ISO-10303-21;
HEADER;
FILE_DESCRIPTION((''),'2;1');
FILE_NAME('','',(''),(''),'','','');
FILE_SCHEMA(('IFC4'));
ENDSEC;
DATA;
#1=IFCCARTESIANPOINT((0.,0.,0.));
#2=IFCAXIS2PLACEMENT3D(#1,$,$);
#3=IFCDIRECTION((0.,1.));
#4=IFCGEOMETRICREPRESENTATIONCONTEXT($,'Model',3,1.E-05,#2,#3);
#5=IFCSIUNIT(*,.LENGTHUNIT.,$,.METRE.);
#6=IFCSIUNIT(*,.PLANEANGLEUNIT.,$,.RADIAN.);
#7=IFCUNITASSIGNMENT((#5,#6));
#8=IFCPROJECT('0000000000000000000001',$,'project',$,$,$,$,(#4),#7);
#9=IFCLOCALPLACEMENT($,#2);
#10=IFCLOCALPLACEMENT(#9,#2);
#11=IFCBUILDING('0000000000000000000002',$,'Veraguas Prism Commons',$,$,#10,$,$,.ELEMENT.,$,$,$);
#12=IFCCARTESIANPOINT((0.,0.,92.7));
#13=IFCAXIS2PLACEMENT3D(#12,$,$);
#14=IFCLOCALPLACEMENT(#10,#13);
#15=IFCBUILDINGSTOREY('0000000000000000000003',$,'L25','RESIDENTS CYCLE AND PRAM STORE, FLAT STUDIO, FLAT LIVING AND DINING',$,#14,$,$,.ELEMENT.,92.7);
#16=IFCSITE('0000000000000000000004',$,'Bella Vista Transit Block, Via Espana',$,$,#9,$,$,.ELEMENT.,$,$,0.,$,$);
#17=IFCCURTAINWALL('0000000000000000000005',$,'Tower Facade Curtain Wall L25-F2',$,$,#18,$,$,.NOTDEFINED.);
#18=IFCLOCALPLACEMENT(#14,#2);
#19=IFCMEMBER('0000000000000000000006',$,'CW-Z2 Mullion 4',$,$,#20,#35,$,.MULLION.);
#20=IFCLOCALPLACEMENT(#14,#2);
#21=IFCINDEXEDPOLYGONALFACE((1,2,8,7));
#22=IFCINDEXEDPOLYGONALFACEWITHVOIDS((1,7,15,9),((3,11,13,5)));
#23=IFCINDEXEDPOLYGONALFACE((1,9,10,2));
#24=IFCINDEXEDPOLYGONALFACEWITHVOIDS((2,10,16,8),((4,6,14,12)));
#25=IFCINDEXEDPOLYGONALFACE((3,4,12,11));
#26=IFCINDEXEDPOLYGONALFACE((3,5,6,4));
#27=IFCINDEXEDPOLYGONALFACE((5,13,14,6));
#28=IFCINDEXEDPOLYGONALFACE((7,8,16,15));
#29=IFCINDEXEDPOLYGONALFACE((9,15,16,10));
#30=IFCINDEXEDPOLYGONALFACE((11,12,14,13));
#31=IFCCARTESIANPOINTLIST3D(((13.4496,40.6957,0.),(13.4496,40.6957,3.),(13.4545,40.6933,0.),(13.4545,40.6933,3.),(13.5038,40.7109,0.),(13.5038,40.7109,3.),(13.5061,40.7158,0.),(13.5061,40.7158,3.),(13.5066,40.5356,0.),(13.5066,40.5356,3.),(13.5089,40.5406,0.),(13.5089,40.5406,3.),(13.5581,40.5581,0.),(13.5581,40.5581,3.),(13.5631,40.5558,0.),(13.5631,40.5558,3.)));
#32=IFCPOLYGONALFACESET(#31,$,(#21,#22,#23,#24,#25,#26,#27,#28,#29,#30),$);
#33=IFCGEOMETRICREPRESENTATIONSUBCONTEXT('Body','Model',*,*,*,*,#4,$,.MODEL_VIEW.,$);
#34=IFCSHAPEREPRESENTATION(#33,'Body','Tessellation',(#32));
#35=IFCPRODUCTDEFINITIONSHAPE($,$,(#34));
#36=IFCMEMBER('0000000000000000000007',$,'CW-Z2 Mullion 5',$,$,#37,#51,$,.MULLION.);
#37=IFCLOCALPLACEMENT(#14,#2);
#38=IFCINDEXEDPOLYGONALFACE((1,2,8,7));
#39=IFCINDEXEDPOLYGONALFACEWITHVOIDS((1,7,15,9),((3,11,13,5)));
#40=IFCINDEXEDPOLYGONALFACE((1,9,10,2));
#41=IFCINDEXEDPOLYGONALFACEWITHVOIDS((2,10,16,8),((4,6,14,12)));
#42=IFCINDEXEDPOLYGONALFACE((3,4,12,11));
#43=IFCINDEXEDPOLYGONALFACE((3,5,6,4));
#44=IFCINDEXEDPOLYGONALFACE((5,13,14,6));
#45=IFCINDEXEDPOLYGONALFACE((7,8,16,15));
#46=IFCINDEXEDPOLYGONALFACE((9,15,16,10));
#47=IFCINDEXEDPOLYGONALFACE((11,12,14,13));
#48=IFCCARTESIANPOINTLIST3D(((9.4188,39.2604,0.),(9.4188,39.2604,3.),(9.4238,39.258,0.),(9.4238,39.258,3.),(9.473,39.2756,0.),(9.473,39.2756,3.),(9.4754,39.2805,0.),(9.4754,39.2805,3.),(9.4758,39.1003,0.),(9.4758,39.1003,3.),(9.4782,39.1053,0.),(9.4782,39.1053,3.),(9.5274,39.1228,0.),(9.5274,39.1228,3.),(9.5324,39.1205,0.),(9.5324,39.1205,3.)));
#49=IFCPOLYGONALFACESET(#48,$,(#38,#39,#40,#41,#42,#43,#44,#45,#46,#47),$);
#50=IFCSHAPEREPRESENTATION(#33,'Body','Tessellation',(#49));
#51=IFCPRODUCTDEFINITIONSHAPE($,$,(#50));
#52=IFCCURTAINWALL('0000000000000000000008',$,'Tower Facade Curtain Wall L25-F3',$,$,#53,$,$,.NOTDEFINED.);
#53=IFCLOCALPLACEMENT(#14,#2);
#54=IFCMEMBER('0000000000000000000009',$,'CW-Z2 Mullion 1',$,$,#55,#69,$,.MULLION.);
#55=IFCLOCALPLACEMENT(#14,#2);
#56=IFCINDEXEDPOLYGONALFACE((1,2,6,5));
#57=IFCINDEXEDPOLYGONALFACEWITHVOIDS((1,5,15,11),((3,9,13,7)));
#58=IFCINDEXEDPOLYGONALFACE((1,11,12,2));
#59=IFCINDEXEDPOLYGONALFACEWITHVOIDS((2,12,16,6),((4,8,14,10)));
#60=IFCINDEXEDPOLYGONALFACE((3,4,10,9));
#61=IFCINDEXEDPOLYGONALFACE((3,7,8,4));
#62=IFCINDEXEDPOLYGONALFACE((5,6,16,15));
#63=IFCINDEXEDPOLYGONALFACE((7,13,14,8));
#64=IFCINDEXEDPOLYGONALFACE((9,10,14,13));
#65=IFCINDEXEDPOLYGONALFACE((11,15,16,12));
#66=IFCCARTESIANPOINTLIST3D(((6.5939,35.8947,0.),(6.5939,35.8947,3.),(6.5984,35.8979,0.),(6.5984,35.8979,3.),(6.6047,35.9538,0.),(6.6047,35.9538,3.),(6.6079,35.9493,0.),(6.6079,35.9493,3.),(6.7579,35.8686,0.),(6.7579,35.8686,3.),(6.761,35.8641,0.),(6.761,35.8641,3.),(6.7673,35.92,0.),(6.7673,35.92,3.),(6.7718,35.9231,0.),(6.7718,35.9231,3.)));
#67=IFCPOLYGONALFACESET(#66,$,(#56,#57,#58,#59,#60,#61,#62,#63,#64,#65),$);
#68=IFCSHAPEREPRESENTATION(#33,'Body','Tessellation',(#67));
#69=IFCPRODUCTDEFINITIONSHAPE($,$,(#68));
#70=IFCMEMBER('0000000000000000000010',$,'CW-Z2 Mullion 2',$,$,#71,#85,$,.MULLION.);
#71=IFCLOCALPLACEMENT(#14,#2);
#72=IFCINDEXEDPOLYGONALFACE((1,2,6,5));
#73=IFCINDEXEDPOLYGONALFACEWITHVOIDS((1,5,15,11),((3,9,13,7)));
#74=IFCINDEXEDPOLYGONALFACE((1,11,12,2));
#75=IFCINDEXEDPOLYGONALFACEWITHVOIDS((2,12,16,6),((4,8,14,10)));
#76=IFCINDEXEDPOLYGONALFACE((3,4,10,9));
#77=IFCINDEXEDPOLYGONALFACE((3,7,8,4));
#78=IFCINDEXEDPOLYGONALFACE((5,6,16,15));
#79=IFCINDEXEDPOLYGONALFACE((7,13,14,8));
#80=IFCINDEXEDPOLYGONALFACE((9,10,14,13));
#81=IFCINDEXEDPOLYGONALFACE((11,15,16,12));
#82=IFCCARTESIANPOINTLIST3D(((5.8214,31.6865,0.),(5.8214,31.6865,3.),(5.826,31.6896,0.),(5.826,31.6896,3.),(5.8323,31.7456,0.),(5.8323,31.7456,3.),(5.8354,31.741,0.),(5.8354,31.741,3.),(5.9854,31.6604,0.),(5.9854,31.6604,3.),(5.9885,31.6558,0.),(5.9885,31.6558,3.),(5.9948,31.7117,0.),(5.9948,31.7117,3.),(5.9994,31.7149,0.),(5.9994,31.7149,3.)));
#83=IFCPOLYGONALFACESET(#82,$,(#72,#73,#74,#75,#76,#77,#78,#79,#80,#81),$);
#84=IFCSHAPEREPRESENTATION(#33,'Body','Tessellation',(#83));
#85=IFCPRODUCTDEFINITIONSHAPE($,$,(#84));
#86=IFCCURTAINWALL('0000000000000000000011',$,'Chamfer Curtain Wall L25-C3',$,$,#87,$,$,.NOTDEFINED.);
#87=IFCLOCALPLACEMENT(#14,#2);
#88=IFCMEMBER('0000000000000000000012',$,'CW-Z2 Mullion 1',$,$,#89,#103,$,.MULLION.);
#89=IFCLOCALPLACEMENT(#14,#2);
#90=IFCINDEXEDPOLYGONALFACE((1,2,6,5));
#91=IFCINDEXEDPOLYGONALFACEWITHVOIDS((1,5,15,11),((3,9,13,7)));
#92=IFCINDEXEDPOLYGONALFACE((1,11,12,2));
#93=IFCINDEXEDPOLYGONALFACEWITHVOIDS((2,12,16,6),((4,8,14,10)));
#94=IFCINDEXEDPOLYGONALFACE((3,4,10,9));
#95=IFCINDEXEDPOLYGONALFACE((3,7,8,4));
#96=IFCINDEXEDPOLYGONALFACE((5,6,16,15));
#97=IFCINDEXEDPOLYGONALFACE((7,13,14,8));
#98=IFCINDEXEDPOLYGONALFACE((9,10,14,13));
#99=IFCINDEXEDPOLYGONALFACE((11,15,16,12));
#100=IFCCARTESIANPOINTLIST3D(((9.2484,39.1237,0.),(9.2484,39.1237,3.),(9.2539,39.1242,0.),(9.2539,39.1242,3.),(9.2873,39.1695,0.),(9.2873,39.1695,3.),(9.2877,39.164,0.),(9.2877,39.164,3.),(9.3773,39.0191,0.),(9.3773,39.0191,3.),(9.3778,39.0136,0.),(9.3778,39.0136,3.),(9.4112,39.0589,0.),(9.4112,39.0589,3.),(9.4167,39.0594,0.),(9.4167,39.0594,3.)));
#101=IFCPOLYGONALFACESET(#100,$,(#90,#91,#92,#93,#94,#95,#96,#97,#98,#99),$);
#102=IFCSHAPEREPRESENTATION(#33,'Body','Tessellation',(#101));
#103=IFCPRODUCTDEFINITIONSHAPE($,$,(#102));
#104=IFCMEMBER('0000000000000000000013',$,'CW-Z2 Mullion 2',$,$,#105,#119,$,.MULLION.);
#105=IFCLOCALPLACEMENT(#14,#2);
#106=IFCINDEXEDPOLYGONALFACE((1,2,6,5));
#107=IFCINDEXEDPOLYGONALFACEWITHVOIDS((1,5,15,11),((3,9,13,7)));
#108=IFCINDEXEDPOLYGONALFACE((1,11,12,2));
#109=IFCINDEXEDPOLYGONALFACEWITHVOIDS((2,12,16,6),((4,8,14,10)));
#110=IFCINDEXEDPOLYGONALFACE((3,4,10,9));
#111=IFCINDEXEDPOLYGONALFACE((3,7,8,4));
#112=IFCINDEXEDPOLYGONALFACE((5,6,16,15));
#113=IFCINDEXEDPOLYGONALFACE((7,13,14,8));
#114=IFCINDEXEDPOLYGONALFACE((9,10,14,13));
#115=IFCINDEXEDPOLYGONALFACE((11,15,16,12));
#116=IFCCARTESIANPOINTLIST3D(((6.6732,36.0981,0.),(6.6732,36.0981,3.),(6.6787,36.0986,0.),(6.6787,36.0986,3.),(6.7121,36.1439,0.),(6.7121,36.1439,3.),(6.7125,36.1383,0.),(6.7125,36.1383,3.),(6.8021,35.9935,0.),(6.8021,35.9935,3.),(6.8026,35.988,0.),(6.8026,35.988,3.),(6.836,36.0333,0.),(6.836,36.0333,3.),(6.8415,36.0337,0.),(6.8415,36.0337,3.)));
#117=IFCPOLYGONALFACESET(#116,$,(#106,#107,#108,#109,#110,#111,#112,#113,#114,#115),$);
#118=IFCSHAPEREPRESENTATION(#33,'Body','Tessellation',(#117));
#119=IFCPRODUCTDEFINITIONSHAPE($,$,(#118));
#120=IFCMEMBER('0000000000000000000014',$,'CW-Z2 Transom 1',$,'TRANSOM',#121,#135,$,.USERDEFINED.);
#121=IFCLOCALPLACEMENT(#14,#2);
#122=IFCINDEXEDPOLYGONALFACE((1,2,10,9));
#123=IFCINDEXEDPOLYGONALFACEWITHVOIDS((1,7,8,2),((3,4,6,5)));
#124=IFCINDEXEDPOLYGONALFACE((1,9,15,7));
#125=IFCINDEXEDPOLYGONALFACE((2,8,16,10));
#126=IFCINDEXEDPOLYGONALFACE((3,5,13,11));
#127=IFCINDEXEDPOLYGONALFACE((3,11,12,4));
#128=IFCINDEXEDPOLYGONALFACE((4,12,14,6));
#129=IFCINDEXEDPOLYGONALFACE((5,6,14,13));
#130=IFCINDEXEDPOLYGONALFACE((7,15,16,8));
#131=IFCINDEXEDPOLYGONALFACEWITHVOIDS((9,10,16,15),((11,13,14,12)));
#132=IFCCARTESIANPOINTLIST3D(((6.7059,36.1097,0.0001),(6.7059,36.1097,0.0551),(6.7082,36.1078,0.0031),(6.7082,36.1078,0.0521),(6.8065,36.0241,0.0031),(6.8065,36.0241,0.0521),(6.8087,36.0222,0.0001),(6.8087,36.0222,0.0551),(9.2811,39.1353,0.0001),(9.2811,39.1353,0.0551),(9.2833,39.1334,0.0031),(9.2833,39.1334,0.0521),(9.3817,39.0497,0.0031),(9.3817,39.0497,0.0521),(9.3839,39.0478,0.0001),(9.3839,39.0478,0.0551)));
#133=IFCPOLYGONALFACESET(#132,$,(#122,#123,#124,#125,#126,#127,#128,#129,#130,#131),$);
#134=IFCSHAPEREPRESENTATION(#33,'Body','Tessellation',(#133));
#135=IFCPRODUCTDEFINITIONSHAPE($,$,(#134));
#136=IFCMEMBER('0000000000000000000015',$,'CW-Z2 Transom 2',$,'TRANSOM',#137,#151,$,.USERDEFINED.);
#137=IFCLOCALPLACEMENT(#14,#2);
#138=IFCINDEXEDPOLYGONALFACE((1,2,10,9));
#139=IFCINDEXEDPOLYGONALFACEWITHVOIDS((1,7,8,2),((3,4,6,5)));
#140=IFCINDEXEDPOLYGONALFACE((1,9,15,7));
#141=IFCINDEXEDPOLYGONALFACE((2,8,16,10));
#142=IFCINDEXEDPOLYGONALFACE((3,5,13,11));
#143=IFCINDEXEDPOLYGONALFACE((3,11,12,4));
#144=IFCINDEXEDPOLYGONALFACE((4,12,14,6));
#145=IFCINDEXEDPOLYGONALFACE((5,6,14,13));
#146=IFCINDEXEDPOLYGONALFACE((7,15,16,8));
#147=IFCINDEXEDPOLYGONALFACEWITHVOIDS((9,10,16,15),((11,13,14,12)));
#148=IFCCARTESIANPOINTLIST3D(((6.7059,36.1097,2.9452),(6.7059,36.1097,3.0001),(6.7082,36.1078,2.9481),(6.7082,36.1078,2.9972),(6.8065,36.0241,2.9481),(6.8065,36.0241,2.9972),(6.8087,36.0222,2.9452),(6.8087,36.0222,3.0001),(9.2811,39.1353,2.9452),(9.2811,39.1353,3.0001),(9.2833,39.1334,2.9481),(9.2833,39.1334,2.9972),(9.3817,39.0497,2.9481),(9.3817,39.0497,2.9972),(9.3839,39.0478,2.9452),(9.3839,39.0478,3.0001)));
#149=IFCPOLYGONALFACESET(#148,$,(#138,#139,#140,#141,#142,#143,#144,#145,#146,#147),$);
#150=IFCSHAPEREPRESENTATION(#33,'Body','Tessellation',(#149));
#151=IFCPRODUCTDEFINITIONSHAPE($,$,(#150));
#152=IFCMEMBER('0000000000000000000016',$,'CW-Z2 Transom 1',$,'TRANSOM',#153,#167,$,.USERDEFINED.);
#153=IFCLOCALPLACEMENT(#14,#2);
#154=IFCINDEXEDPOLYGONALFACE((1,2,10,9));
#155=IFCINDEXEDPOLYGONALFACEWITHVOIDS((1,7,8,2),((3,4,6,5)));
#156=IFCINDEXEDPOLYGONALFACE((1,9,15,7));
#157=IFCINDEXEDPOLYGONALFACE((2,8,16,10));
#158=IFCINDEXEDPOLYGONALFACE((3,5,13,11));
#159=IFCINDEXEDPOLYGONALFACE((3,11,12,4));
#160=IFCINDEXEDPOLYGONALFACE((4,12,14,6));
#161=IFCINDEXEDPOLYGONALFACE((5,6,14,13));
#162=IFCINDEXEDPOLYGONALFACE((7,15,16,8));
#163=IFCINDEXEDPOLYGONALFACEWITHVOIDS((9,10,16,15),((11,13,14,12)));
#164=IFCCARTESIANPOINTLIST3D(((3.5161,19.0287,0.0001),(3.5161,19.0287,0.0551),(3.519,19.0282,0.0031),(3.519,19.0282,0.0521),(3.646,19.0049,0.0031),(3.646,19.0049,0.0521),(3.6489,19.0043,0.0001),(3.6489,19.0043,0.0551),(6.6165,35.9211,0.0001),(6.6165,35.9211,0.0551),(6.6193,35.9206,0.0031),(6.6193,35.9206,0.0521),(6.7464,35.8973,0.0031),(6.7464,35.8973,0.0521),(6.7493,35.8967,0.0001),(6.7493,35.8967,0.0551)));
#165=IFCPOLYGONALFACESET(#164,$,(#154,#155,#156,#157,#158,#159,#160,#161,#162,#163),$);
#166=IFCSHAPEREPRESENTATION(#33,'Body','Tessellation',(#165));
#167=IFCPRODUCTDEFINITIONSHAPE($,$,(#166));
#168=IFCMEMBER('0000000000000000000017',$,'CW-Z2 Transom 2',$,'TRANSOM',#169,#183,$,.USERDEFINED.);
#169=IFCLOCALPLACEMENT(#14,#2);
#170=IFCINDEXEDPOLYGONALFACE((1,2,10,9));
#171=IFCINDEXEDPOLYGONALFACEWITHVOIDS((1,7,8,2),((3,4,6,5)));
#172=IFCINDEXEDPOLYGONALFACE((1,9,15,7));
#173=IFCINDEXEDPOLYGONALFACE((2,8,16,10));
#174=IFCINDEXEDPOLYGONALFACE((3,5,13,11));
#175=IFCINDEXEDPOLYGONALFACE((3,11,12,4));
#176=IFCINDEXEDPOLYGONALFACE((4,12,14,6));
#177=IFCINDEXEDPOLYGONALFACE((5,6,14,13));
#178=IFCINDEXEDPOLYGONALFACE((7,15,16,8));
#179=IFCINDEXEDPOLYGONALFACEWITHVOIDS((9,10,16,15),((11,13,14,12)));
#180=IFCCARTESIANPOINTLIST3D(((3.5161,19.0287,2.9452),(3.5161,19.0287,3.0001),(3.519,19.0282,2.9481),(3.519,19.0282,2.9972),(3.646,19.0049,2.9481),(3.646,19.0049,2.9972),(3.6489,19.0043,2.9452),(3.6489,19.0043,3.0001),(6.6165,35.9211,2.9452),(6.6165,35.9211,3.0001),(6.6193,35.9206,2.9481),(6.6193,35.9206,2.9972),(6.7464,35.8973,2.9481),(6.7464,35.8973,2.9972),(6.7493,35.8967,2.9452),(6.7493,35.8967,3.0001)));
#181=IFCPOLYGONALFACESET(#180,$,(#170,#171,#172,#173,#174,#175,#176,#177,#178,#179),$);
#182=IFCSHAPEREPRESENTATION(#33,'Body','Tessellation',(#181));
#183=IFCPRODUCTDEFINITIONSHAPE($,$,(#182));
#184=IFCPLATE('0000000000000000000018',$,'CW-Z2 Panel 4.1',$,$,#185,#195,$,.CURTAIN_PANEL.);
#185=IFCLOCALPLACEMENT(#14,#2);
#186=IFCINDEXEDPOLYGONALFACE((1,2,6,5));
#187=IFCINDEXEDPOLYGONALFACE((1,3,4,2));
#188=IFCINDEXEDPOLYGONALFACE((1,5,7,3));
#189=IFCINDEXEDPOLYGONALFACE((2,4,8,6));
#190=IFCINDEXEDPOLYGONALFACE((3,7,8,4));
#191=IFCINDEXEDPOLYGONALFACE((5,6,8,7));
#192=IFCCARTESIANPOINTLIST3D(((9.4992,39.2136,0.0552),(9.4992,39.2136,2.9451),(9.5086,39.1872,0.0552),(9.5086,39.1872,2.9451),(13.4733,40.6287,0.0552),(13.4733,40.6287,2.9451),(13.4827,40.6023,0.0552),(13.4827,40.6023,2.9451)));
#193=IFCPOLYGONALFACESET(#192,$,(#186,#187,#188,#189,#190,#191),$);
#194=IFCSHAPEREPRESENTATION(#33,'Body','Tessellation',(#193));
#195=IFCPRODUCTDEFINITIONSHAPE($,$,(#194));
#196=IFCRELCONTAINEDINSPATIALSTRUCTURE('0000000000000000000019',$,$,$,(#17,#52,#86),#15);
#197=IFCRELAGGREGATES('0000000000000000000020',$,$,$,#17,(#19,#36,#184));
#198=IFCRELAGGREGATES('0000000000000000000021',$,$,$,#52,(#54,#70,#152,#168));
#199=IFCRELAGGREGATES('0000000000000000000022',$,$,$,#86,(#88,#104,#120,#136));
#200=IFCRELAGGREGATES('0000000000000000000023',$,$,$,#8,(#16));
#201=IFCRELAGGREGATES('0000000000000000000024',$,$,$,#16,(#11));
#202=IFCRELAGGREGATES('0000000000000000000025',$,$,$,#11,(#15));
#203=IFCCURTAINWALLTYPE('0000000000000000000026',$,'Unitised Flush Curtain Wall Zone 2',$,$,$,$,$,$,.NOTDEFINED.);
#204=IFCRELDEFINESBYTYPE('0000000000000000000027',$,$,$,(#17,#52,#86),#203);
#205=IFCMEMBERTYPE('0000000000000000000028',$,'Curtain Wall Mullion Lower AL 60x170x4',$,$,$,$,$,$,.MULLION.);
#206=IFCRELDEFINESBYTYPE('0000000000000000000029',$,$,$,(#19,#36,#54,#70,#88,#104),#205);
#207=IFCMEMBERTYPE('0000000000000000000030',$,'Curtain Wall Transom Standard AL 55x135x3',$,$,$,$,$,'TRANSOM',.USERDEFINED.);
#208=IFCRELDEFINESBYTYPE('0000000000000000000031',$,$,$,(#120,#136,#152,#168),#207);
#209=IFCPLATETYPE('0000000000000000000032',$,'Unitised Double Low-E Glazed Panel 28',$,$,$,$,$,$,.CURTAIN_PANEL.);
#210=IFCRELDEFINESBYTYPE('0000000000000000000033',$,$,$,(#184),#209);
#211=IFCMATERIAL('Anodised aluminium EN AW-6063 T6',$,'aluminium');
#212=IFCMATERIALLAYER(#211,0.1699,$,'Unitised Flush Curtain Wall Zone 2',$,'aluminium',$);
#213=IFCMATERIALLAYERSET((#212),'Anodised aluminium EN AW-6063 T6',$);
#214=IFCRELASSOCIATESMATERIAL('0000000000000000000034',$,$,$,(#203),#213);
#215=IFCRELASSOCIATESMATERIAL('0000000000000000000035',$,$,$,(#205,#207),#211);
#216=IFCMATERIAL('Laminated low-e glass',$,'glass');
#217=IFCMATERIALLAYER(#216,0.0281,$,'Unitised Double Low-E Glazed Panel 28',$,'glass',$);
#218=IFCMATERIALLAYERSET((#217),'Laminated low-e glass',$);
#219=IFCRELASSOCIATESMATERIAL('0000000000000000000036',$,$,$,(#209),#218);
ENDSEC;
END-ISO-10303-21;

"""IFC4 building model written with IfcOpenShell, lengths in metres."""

from ifc_helpers import new_model, si_unit, direction, frame, origin, origin_2d, place, context, subcontext, project, spatial, rectangle, hollow_rectangle, extrude, source, transform, mapped, material, layer, layer_set, material_profile, profile_set, type_object, element, aggregate, save


model = new_model("IFC4")

# Units and contexts
model_context = context("Model", 3, precision=1e-05, world=origin(), true_north=direction((0.0, 1.0)))
body_context = subcontext(model_context, "Body", "Model", "MODEL_VIEW")
ifc_project = project(units=[si_unit("LENGTHUNIT", "METRE"), si_unit("PLANEANGLEUNIT", "RADIAN")], contexts=[model_context])

# Site, building, storey
site_placement = place(None, origin())
site = spatial("IfcSite", under=ifc_project, at=site_placement, Name="Bella Vista Transit Block, Via Espana", CompositionType="ELEMENT", RefElevation=0.0)
building_placement = place(site_placement, origin())
building = spatial("IfcBuilding", under=site, at=building_placement, Name="Veraguas Prism Commons", CompositionType="ELEMENT")
storey_placement = place(building_placement, frame((0.0, 0.0, 92.7)))
storey = spatial("IfcBuildingStorey", under=building, at=storey_placement, Name="L25", Description="RESIDENTS CYCLE AND PRAM STORE, FLAT STUDIO, FLAT LIVING AND DINING", CompositionType="ELEMENT", Elevation=92.7)

# Curtain walls, members
ifc_material_1 = material(Name="Anodised aluminium EN AW-6063 T6", Category="aluminium")
ifc_layer_1 = layer(ifc_material_1, 0.1699, Name="Unitised Flush Curtain Wall Zone 2", Category="aluminium")
ifc_layer_set_1 = layer_set([ifc_layer_1], Name="Anodised aluminium EN AW-6063 T6")
curtain_wall_type = type_object("IfcCurtainWallType", Name="Unitised Flush Curtain Wall Zone 2", PredefinedType="NOTDEFINED", material=ifc_layer_set_1)
curtain_wall_1_placement = place(storey_placement, origin())
curtain_wall_1 = element("IfcCurtainWall", 1, at=curtain_wall_1_placement, inside=storey, type_object=curtain_wall_type, Name="Tower Facade Curtain Wall L25-F2", PredefinedType="NOTDEFINED")
ifc_material_profile_1 = material_profile(ifc_material_1, hollow_rectangle(XDim=0.0601, YDim=0.1699, WallThickness=0.0039, at=origin_2d()), Name="AL60X170X4")
ifc_profile_set_1 = profile_set([ifc_material_profile_1], Name="Anodised aluminium EN AW-6063 T6")
member_type_1 = type_object("IfcMemberType", Name="Curtain Wall Mullion Lower AL 60x170x4", PredefinedType="MULLION", material=ifc_profile_set_1)
shared_shape_1 = source(origin(), body_context, "Body", "SweptSolid", [
    extrude(hollow_rectangle(XDim=0.0601, YDim=0.1699, WallThickness=0.0039, at=origin_2d()), origin(), (0.0, 0.0, 1.0), 3.0),
])
member_1_placement = place(storey_placement, frame((13.5063, 40.6257, 0.0), z_axis=(0.0, 0.0, 1.0), x_axis=(-0.942056, -0.335457, 0.0)))
member_1 = element("IfcMember", 2, at=member_1_placement, type_object=member_type_1, Name="CW-Z2 Mullion 4", PredefinedType="MULLION", context=body_context, shape_type="MappedRepresentation", body=[
    mapped(shared_shape_1, transform((0.0, 0.0, 0.0), scale=1.0)),
])
member_2_placement = place(storey_placement, frame((9.4756, 39.1904, 0.0), z_axis=(0.0, 0.0, 1.0), x_axis=(-0.942056, -0.335457, 0.0)))
member_2 = element("IfcMember", 3, at=member_2_placement, type_object=member_type_1, Name="CW-Z2 Mullion 5", PredefinedType="MULLION", context=body_context, shape_type="MappedRepresentation", body=[
    mapped(shared_shape_1, transform((0.0, 0.0, 0.0), scale=1.0)),
])
curtain_wall_2_placement = place(storey_placement, origin())
curtain_wall_2 = element("IfcCurtainWall", 4, at=curtain_wall_2_placement, inside=storey, type_object=curtain_wall_type, Name="Tower Facade Curtain Wall L25-F3", PredefinedType="NOTDEFINED")
member_3_placement = place(storey_placement, frame((6.6829, 35.9089, 0.0), z_axis=(0.0, 0.0, 1.0), x_axis=(-0.180523, -0.983571, 0.0)))
member_3 = element("IfcMember", 5, at=member_3_placement, type_object=member_type_1, Name="CW-Z2 Mullion 1", PredefinedType="MULLION", context=body_context, shape_type="MappedRepresentation", body=[
    mapped(shared_shape_1, transform((0.0, 0.0, 0.0), scale=1.0)),
])
member_4_placement = place(storey_placement, frame((5.9104, 31.7007, 0.0), z_axis=(0.0, 0.0, 1.0), x_axis=(-0.180523, -0.983571, 0.0)))
member_4 = element("IfcMember", 6, at=member_4_placement, type_object=member_type_1, Name="CW-Z2 Mullion 2", PredefinedType="MULLION", context=body_context, shape_type="MappedRepresentation", body=[
    mapped(shared_shape_1, transform((0.0, 0.0, 0.0), scale=1.0)),
])
curtain_wall_3_placement = place(storey_placement, origin())
curtain_wall_3 = element("IfcCurtainWall", 7, at=curtain_wall_3_placement, inside=storey, type_object=curtain_wall_type, Name="Chamfer Curtain Wall L25-C3", PredefinedType="NOTDEFINED")
member_5_placement = place(storey_placement, frame((9.3325, 39.0916, 0.0), z_axis=(0.0, 0.0, 1.0), x_axis=(-0.648111, -0.761546, 0.0)))
member_5 = element("IfcMember", 8, at=member_5_placement, type_object=member_type_1, Name="CW-Z2 Mullion 1", PredefinedType="MULLION", context=body_context, shape_type="MappedRepresentation", body=[
    mapped(shared_shape_1, transform((0.0, 0.0, 0.0), scale=1.0)),
])
member_6_placement = place(storey_placement, frame((6.7573, 36.0659, 0.0), z_axis=(0.0, 0.0, 1.0), x_axis=(-0.648111, -0.761546, 0.0)))
member_6 = element("IfcMember", 9, at=member_6_placement, type_object=member_type_1, Name="CW-Z2 Mullion 2", PredefinedType="MULLION", context=body_context, shape_type="MappedRepresentation", body=[
    mapped(shared_shape_1, transform((0.0, 0.0, 0.0), scale=1.0)),
])
ifc_material_profile_2 = material_profile(ifc_material_1, hollow_rectangle(XDim=0.0549, YDim=0.135, WallThickness=0.0029, at=origin_2d()), Name="AL55X135X3")
ifc_profile_set_2 = profile_set([ifc_material_profile_2], Name="Anodised aluminium EN AW-6063 T6")
member_type_2 = type_object("IfcMemberType", Name="Curtain Wall Transom Standard AL 55x135x3", ElementType="TRANSOM", PredefinedType="USERDEFINED", material=ifc_profile_set_2)
shared_shape_2 = source(origin(), body_context, "Body", "SweptSolid", [
    extrude(hollow_rectangle(XDim=0.0549, YDim=0.135, WallThickness=0.0029, at=origin_2d()), origin(), (0.0, 0.0, 1.0), 3.9731),
])
member_7_placement = place(storey_placement, frame((9.3325, 39.0916, 0.0276), z_axis=(-0.648146, -0.761516, 0.0), x_axis=(0.0, 0.0, 1.0)))
member_7 = element("IfcMember", 10, at=member_7_placement, type_object=member_type_2, Name="CW-Z2 Transom 1", ObjectType="TRANSOM", PredefinedType="USERDEFINED", context=body_context, shape_type="MappedRepresentation", body=[
    mapped(shared_shape_2, transform((0.0, 0.0, 0.0), scale=1.0)),
])
member_8_placement = place(storey_placement, frame((9.3325, 39.0916, 2.9727), z_axis=(-0.648146, -0.761516, 0.0), x_axis=(0.0, 0.0, 1.0)))
member_8 = element("IfcMember", 11, at=member_8_placement, type_object=member_type_2, Name="CW-Z2 Transom 2", ObjectType="TRANSOM", PredefinedType="USERDEFINED", context=body_context, shape_type="MappedRepresentation", body=[
    mapped(shared_shape_2, transform((0.0, 0.0, 0.0), scale=1.0)),
])

# Members
shared_shape_3 = source(origin(), body_context, "Body", "SweptSolid", [
    extrude(hollow_rectangle(XDim=0.0549, YDim=0.135, WallThickness=0.0029, at=origin_2d()), origin(), (0.0, 0.0, 1.0), 17.1746),
])
member_9_placement = place(storey_placement, frame((6.6829, 35.9089, 0.0276), z_axis=(-0.18052, -0.983571, 0.0), x_axis=(0.0, 0.0, 1.0)))
member_9 = element("IfcMember", 12, at=member_9_placement, type_object=member_type_2, Name="CW-Z2 Transom 1", ObjectType="TRANSOM", PredefinedType="USERDEFINED", context=body_context, shape_type="MappedRepresentation", body=[
    mapped(shared_shape_3, transform((0.0, 0.0, 0.0), scale=1.0)),
])
member_10_placement = place(storey_placement, frame((6.6829, 35.9089, 2.9727), z_axis=(-0.18052, -0.983571, 0.0), x_axis=(0.0, 0.0, 1.0)))
member_10 = element("IfcMember", 13, at=member_10_placement, type_object=member_type_2, Name="CW-Z2 Transom 2", ObjectType="TRANSOM", PredefinedType="USERDEFINED", context=body_context, shape_type="MappedRepresentation", body=[
    mapped(shared_shape_3, transform((0.0, 0.0, 0.0), scale=1.0)),
])

# Plate
ifc_material_2 = material(Name="Laminated low-e glass", Category="glass")
ifc_layer_2 = layer(ifc_material_2, 0.0281, Name="Unitised Double Low-E Glazed Panel 28", Category="glass")
ifc_layer_set_2 = layer_set([ifc_layer_2], Name="Laminated low-e glass")
plate_type = type_object("IfcPlateType", Name="Unitised Double Low-E Glazed Panel 28", PredefinedType="CURTAIN_PANEL", material=ifc_layer_set_2)
shared_shape_4 = source(origin(), body_context, "Body", "SweptSolid", [
    extrude(rectangle(XDim=4.2185, YDim=0.0281, at=origin_2d()), origin(), (0.0, 0.0, 1.0), 2.8899),
])
plate_1_placement = place(storey_placement, frame((11.491, 39.908, 0.0552), z_axis=(0.0, 0.0, 1.0), x_axis=(-0.942056, -0.335457, 0.0)))
plate_1 = element("IfcPlate", 14, at=plate_1_placement, type_object=plate_type, Name="CW-Z2 Panel 4.1", PredefinedType="CURTAIN_PANEL", context=body_context, shape_type="MappedRepresentation", body=[
    mapped(shared_shape_4, transform((0.0, 0.0, 0.0), scale=1.0)),
])
aggregate(curtain_wall_1, [member_1, member_2, plate_1])
aggregate(curtain_wall_2, [member_3, member_4, member_9, member_10])
aggregate(curtain_wall_3, [member_5, member_6, member_7, member_8])

save(model, "model.ifc")
